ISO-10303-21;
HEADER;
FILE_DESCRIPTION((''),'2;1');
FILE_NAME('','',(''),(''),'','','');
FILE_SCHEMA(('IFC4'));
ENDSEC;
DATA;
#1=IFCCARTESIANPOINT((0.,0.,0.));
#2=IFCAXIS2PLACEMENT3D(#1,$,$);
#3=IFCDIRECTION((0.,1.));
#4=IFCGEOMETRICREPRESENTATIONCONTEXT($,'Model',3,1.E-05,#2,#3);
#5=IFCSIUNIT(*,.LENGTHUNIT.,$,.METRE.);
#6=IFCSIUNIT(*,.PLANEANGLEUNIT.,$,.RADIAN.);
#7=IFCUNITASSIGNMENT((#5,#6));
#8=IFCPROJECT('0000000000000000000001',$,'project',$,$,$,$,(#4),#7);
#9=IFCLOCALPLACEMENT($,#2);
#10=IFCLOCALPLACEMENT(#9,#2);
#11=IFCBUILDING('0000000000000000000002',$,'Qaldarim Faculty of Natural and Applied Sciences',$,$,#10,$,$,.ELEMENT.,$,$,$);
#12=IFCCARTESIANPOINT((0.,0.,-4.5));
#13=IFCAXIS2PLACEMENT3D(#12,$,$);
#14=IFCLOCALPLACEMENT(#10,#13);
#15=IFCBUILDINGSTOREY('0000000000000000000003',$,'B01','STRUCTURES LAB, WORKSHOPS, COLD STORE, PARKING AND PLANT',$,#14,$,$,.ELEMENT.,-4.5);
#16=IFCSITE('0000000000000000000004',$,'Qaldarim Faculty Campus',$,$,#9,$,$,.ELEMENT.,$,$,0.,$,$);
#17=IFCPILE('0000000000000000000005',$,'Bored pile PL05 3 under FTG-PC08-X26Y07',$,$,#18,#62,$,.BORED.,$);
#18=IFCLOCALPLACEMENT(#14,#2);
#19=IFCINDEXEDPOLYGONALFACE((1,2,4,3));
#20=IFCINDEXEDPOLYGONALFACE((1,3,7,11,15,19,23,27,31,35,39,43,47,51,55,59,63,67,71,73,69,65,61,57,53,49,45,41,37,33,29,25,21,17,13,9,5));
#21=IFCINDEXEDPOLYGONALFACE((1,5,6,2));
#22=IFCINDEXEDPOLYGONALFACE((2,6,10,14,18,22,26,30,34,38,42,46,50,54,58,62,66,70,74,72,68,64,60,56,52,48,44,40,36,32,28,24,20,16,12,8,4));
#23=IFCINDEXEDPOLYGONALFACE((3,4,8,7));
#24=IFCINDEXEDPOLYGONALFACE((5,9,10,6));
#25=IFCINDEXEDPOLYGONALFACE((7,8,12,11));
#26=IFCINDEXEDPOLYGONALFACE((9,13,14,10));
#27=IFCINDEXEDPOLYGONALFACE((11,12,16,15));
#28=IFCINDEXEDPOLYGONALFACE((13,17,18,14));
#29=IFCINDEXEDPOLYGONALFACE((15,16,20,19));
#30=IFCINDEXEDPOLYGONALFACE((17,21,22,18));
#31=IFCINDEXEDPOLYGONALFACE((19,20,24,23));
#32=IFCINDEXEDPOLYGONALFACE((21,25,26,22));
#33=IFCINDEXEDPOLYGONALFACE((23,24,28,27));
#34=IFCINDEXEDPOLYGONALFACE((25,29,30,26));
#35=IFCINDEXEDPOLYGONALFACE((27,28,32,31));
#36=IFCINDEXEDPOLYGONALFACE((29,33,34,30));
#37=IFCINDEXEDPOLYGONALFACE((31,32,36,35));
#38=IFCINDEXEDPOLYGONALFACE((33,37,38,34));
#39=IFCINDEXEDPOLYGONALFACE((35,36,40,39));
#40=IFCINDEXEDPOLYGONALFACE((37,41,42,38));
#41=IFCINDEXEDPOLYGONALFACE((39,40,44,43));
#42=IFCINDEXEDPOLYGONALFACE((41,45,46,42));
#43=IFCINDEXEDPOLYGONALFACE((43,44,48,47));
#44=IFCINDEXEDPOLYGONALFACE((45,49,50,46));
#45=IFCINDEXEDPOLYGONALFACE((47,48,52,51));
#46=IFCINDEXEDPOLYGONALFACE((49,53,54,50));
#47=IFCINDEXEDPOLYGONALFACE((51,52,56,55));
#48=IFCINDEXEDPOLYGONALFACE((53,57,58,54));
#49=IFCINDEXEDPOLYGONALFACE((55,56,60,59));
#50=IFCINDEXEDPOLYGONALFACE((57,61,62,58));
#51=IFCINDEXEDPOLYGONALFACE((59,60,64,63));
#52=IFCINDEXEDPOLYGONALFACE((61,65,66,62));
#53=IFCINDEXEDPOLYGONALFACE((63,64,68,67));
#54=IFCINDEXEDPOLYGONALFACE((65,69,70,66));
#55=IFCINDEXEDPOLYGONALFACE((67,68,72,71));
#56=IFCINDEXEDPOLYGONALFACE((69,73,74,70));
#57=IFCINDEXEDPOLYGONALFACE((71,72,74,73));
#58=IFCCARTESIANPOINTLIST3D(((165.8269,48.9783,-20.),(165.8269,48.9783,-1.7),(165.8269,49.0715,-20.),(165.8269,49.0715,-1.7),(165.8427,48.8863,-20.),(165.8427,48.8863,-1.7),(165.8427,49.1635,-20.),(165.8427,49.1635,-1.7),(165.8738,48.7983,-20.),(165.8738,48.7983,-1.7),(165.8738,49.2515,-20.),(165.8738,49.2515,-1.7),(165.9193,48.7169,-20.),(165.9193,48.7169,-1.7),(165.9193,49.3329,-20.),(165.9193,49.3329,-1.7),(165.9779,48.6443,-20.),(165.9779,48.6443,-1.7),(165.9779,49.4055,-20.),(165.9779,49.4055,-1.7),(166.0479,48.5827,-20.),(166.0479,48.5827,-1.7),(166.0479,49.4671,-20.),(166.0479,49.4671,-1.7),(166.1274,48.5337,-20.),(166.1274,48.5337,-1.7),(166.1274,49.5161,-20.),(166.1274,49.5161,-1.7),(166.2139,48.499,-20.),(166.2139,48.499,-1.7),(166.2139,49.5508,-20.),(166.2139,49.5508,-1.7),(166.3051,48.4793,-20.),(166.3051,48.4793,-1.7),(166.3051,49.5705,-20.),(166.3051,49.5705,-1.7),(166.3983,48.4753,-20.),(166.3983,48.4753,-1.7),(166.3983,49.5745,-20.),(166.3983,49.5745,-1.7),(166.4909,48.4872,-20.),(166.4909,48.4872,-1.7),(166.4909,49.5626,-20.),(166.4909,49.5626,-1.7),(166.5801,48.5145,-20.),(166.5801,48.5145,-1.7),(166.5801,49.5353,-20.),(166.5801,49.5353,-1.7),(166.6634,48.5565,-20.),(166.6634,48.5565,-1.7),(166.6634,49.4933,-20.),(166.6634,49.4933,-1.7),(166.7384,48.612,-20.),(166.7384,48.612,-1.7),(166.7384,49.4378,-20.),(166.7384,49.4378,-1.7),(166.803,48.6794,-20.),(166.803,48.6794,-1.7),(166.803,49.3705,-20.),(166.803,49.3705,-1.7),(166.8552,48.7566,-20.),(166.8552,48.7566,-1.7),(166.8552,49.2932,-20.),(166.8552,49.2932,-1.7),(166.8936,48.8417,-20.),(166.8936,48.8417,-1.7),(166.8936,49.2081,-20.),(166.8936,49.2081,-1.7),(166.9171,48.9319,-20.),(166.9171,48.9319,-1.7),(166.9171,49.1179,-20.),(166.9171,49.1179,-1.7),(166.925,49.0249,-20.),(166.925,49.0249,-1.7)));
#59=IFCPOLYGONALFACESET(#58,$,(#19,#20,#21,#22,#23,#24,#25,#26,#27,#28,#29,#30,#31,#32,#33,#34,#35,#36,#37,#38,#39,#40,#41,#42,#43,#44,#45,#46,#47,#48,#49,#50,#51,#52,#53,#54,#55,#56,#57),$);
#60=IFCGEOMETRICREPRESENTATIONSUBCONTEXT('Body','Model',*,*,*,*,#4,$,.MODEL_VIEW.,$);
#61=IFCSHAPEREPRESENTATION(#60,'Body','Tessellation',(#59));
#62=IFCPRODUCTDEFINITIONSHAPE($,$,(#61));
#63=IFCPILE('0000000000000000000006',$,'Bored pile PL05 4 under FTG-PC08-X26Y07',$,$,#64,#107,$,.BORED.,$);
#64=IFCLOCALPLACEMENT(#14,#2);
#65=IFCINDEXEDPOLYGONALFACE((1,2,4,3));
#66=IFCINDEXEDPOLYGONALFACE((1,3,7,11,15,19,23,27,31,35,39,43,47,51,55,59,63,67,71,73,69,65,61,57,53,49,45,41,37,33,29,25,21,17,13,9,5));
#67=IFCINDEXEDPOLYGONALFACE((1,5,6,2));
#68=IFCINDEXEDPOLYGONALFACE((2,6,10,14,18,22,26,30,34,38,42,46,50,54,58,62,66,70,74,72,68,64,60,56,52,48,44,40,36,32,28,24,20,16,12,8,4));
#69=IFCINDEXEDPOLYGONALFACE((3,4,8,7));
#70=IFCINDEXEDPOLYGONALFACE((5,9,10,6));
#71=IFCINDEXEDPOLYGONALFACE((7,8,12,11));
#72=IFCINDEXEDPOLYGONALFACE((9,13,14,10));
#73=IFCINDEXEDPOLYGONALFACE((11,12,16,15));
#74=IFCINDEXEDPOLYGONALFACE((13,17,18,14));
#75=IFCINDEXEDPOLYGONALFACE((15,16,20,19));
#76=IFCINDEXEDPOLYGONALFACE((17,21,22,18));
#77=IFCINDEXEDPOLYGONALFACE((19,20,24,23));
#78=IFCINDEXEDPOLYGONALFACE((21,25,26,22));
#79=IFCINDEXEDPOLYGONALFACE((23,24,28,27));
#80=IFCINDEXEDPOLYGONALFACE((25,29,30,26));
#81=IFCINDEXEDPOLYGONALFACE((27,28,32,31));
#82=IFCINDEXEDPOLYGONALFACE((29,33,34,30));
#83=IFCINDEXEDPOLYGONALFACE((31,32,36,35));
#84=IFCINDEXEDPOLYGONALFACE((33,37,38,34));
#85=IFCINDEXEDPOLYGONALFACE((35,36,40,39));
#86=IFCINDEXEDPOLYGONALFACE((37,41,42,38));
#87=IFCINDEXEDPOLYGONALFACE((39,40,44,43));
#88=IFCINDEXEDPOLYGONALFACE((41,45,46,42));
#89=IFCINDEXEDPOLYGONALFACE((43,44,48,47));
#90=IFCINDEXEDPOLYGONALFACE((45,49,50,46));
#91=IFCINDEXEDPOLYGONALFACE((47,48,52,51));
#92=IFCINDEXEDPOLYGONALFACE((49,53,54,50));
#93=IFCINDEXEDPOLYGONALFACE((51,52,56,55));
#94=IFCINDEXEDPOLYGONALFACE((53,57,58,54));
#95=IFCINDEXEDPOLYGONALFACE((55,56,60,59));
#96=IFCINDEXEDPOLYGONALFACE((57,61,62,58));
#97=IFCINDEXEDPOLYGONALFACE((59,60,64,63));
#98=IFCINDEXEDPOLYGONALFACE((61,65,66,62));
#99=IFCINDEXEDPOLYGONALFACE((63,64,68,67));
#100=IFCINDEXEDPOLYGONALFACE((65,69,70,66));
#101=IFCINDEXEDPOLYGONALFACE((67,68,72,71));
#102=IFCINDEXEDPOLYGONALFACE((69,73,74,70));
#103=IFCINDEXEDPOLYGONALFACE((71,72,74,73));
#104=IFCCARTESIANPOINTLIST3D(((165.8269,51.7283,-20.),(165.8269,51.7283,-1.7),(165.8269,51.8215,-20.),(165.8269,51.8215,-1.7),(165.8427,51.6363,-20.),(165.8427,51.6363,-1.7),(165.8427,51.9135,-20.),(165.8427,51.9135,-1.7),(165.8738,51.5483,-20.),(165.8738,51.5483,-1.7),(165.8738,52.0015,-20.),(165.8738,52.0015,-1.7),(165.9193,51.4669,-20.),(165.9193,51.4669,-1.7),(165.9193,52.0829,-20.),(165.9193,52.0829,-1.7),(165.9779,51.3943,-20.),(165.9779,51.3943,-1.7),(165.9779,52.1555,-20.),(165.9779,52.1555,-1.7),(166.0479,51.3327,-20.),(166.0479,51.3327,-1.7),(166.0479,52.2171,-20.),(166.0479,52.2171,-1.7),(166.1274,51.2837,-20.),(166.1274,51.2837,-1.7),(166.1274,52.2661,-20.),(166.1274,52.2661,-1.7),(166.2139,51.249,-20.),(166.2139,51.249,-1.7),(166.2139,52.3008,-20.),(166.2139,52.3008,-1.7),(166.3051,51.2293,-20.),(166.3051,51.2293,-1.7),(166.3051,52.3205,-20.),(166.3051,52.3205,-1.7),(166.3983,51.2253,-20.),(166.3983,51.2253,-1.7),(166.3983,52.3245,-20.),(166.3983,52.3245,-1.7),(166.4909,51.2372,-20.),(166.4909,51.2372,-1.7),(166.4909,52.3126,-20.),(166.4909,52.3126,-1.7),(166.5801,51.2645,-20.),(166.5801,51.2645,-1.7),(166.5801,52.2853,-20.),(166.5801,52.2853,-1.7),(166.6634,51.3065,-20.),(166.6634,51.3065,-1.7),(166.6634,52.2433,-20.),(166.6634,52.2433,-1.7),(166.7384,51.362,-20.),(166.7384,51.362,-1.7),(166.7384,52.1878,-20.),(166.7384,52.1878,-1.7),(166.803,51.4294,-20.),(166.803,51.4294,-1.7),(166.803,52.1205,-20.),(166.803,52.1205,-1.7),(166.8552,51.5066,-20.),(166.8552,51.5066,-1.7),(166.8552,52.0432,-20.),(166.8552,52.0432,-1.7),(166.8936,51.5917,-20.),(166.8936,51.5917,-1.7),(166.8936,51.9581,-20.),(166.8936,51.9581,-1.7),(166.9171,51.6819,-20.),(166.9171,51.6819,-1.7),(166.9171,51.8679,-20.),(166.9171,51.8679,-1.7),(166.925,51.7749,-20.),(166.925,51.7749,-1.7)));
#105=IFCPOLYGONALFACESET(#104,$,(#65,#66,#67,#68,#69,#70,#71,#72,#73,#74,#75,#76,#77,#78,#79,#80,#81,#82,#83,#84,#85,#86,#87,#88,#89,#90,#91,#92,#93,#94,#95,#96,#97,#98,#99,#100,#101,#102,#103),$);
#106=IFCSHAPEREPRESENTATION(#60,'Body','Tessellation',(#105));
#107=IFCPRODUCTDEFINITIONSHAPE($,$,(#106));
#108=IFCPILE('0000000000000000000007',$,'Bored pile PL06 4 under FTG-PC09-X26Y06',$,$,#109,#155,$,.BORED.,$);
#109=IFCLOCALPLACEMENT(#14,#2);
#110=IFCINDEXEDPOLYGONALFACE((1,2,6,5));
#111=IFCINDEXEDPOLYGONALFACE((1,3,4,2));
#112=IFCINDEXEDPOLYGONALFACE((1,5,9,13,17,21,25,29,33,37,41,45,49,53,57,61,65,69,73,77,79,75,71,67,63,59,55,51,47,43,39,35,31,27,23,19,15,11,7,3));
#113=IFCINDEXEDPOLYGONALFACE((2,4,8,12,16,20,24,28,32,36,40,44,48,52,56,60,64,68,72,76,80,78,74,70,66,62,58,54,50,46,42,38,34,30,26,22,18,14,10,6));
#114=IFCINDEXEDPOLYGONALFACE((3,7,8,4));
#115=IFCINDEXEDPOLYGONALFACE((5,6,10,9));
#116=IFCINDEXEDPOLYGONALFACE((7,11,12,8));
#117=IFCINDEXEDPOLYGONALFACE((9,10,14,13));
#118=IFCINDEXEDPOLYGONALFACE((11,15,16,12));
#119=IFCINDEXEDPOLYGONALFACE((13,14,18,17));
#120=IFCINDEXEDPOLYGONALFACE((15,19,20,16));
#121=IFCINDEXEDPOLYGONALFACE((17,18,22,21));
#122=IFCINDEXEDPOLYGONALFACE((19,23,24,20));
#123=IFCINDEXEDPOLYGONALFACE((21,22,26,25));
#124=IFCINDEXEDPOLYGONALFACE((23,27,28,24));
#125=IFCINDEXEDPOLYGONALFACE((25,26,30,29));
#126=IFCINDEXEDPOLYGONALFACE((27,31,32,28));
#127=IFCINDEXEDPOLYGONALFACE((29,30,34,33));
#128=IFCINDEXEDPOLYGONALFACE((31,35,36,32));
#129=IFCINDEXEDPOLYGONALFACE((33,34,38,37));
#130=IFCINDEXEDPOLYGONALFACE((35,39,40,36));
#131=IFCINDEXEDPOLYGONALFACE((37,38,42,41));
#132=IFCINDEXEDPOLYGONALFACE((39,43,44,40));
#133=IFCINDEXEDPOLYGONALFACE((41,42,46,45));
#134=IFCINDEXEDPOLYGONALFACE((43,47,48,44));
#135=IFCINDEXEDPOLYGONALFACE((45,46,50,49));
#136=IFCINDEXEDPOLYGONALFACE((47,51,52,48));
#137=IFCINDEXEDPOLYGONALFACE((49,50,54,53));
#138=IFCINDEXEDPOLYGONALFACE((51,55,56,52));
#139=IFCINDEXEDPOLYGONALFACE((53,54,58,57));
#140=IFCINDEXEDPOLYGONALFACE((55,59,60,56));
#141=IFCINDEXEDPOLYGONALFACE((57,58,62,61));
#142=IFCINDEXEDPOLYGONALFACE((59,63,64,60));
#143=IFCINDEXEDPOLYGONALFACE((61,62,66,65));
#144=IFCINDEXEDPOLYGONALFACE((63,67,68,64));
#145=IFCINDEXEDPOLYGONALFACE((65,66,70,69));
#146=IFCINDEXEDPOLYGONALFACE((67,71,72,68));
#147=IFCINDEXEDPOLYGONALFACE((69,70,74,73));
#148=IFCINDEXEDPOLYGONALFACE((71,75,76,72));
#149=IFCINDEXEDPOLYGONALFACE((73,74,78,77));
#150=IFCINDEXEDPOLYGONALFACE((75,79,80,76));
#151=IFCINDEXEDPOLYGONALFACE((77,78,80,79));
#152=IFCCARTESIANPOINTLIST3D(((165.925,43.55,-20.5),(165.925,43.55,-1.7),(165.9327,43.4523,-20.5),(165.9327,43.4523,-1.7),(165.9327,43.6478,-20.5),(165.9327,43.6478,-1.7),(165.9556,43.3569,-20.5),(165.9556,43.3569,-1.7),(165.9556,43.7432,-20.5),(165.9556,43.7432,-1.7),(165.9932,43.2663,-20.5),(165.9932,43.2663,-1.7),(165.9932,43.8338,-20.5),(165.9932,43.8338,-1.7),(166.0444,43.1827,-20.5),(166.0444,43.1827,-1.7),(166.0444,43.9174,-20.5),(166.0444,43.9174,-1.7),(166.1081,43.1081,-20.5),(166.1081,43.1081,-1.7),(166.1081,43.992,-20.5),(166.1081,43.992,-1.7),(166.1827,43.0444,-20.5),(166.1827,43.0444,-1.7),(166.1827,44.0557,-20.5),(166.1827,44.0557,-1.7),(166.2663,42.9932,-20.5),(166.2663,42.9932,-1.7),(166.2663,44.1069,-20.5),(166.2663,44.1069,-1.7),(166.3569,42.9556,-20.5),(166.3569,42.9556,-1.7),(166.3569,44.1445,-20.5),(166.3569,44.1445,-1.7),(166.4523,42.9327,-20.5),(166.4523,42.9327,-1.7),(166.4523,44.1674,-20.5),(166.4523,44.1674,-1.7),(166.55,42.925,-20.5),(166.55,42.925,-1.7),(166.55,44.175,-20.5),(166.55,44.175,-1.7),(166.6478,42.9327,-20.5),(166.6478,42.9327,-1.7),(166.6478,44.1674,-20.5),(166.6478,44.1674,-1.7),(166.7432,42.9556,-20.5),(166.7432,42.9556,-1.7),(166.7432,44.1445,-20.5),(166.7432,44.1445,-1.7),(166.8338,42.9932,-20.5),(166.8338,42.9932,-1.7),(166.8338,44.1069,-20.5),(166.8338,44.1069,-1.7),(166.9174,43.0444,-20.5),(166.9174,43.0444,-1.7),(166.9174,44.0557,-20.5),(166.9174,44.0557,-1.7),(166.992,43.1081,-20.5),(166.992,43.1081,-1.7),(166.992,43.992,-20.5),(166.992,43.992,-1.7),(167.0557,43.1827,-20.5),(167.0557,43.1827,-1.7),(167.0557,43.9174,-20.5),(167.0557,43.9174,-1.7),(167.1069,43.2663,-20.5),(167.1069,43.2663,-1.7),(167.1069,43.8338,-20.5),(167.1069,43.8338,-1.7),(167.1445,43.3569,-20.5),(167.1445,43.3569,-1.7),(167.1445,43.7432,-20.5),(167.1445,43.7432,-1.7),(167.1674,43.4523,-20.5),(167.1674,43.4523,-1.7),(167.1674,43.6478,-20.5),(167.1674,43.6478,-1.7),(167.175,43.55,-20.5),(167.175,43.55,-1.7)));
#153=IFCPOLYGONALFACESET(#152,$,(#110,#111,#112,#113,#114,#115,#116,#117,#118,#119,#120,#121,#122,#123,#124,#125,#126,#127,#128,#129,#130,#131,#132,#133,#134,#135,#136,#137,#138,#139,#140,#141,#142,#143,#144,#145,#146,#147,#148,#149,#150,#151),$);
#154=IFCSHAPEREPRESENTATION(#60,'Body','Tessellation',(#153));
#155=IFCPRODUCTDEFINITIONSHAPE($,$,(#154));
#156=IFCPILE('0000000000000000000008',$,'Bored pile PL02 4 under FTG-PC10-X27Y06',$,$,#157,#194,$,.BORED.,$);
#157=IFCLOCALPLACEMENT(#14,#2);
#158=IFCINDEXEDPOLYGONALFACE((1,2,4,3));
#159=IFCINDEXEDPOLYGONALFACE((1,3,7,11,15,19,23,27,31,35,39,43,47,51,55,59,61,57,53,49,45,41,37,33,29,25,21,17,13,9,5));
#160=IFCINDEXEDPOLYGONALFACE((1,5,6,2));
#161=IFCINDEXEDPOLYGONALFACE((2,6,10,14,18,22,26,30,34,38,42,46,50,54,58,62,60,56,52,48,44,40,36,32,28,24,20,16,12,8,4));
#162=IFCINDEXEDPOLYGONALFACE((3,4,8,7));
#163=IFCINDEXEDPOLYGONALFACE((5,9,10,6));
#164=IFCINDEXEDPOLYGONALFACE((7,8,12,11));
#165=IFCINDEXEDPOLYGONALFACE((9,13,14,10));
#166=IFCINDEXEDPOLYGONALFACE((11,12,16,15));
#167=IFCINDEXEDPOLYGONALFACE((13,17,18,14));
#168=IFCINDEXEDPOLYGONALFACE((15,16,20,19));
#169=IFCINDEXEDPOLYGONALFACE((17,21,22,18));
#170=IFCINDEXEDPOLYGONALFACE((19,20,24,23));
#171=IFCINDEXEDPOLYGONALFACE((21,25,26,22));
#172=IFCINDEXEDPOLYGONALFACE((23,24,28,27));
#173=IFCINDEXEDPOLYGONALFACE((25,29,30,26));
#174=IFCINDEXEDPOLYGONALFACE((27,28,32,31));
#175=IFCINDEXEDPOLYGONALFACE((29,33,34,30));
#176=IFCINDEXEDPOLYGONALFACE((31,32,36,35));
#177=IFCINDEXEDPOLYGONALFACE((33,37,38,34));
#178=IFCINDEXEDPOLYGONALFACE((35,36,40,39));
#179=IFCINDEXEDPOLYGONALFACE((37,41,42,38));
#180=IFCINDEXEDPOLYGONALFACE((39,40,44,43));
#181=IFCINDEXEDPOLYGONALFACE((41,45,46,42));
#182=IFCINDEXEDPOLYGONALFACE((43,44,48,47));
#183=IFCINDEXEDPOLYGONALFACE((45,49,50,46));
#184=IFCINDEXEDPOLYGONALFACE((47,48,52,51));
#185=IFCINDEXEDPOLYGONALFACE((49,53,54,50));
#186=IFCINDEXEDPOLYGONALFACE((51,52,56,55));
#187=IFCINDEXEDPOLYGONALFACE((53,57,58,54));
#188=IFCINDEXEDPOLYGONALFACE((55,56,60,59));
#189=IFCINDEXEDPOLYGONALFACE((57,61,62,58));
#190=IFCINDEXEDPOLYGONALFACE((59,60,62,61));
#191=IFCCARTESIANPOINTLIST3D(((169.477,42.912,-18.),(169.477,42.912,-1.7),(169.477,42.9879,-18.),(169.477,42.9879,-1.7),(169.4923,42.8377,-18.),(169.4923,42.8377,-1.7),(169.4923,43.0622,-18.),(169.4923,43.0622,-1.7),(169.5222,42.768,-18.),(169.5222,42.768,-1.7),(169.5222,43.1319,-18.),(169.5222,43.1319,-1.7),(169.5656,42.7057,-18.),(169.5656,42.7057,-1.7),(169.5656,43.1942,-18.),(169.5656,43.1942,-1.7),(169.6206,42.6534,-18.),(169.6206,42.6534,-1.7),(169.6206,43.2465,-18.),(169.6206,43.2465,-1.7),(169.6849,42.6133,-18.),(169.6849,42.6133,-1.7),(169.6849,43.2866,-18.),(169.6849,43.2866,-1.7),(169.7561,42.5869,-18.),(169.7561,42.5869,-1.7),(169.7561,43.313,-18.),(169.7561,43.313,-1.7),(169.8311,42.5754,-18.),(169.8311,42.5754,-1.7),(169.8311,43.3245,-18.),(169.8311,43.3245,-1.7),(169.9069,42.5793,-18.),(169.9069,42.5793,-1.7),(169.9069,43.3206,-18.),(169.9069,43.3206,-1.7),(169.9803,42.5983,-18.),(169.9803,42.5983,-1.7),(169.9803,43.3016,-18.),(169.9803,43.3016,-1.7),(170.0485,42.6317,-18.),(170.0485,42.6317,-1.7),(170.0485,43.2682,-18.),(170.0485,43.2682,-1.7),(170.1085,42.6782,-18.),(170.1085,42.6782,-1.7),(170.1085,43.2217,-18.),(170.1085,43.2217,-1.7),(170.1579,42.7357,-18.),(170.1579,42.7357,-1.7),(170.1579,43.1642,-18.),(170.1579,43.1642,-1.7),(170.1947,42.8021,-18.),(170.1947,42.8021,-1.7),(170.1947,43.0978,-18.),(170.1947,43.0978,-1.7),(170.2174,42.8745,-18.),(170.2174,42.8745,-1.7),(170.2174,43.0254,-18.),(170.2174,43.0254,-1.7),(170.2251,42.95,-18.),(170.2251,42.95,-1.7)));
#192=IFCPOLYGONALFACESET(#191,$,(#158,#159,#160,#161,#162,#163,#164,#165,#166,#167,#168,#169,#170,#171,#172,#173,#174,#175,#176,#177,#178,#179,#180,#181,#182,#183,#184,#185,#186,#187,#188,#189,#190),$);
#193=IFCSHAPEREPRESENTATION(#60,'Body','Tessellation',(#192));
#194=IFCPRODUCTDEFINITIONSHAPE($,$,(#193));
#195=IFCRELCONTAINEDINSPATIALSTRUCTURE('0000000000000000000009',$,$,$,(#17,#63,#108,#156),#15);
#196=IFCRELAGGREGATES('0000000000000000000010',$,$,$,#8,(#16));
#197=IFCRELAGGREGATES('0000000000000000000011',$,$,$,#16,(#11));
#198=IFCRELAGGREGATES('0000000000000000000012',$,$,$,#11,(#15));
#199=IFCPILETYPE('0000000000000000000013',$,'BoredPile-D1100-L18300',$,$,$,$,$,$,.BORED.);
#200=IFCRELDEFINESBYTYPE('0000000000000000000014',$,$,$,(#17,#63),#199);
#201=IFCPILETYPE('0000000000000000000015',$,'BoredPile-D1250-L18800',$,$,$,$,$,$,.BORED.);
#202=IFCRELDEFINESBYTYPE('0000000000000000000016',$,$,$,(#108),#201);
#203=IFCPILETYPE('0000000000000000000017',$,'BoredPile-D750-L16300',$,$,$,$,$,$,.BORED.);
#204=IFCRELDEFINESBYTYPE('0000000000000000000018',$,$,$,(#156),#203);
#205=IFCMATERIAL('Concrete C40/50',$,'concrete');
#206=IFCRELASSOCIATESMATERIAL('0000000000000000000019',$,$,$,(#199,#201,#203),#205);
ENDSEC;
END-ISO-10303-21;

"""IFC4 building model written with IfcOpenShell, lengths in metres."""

from ifc_helpers import new_model, si_unit, direction, frame, origin, origin_2d, place, context, subcontext, project, spatial, circle, extrude, material, material_profile, profile_set, type_object, element, save


model = new_model("IFC4")

# Units and contexts
model_context = context("Model", 3, precision=1e-05, world=origin(), true_north=direction((0.0, 1.0)))
body_context = subcontext(model_context, "Body", "Model", "MODEL_VIEW")
ifc_project = project(units=[si_unit("LENGTHUNIT", "METRE"), si_unit("PLANEANGLEUNIT", "RADIAN")], contexts=[model_context])

# Site, building, storey
site_placement = place(None, origin())
site = spatial("IfcSite", under=ifc_project, at=site_placement, Name="Qaldarim Faculty Campus", CompositionType="ELEMENT", RefElevation=0.0)
building_placement = place(site_placement, origin())
building = spatial("IfcBuilding", under=site, at=building_placement, Name="Qaldarim Faculty of Natural and Applied Sciences", CompositionType="ELEMENT")
storey_placement = place(building_placement, frame((0.0, 0.0, -4.5)))
storey = spatial("IfcBuildingStorey", under=building, at=storey_placement, Name="B01", Description="STRUCTURES LAB, WORKSHOPS, COLD STORE, PARKING AND PLANT", CompositionType="ELEMENT", Elevation=-4.5)

# Piles
ifc_material_1 = material(Name="Concrete C40/50", Category="concrete")
ifc_material_profile_1 = material_profile(ifc_material_1, circle(Radius=0.55, at=origin_2d()), Name="PILE-D1100")
ifc_profile_set_1 = profile_set([ifc_material_profile_1], Name="Concrete C40/50")
pile_type_1 = type_object("IfcPileType", Name="BoredPile-D1100-L18300", PredefinedType="BORED", material=ifc_profile_set_1)
for number, where, z_axis, x_axis, name in (
    (1, (166.375, 49.0249, -1.7), (0.0, 0.0, -1.0), (1.0, 0.0, 0.0), "Bored pile PL05 3 under FTG-PC08-X26Y07"),
    (2, (166.375, 51.7749, -1.7), (0.0, 0.0, -1.0), (1.0, 0.0, 0.0), "Bored pile PL05 4 under FTG-PC08-X26Y07"),
):
    element("IfcPile", number, at=place(storey_placement, frame(where, z_axis=z_axis, x_axis=x_axis)), inside=storey, type_object=pile_type_1, Name=name, PredefinedType="BORED", context=body_context, shape_type="SweptSolid", body=[
        extrude(circle(Radius=0.55, at=origin_2d()), origin(), (0.0, 0.0, 1.0), 18.3),
    ])
ifc_material_profile_2 = material_profile(ifc_material_1, circle(Radius=0.625, at=origin_2d()), Name="PILE-D1250")
ifc_profile_set_2 = profile_set([ifc_material_profile_2], Name="Concrete C40/50")
pile_type_2 = type_object("IfcPileType", Name="BoredPile-D1250-L18800", PredefinedType="BORED", material=ifc_profile_set_2)
pile_placement = place(storey_placement, frame((166.55, 43.55, -1.7), z_axis=(0.0, 0.0, -1.0), x_axis=(1.0, 0.0, 0.0)))
element("IfcPile", 3, at=pile_placement, inside=storey, type_object=pile_type_2, Name="Bored pile PL06 4 under FTG-PC09-X26Y06", PredefinedType="BORED", context=body_context, shape_type="SweptSolid", body=[
    extrude(circle(Radius=0.625, at=origin_2d()), origin(), (0.0, 0.0, 1.0), 18.8),
])
ifc_material_profile_3 = material_profile(ifc_material_1, circle(Radius=0.375, at=origin_2d()), Name="PILE-D750")
ifc_profile_set_3 = profile_set([ifc_material_profile_3], Name="Concrete C40/50")
pile_type_3 = type_object("IfcPileType", Name="BoredPile-D750-L16300", PredefinedType="BORED", material=ifc_profile_set_3)
for number, where, z_axis, x_axis, name in (
    (4, (169.8501, 42.95, -1.7), (0.0, 0.0, -1.0), (1.0, 0.0, 0.0), "Bored pile PL02 4 under FTG-PC10-X27Y06"),
):
    element("IfcPile", number, at=place(storey_placement, frame(where, z_axis=z_axis, x_axis=x_axis)), inside=storey, type_object=pile_type_3, Name=name, PredefinedType="BORED", context=body_context, shape_type="SweptSolid", body=[
        extrude(circle(Radius=0.375, at=origin_2d()), origin(), (0.0, 0.0, 1.0), 16.3),
    ])

save(model, "model.ifc")
